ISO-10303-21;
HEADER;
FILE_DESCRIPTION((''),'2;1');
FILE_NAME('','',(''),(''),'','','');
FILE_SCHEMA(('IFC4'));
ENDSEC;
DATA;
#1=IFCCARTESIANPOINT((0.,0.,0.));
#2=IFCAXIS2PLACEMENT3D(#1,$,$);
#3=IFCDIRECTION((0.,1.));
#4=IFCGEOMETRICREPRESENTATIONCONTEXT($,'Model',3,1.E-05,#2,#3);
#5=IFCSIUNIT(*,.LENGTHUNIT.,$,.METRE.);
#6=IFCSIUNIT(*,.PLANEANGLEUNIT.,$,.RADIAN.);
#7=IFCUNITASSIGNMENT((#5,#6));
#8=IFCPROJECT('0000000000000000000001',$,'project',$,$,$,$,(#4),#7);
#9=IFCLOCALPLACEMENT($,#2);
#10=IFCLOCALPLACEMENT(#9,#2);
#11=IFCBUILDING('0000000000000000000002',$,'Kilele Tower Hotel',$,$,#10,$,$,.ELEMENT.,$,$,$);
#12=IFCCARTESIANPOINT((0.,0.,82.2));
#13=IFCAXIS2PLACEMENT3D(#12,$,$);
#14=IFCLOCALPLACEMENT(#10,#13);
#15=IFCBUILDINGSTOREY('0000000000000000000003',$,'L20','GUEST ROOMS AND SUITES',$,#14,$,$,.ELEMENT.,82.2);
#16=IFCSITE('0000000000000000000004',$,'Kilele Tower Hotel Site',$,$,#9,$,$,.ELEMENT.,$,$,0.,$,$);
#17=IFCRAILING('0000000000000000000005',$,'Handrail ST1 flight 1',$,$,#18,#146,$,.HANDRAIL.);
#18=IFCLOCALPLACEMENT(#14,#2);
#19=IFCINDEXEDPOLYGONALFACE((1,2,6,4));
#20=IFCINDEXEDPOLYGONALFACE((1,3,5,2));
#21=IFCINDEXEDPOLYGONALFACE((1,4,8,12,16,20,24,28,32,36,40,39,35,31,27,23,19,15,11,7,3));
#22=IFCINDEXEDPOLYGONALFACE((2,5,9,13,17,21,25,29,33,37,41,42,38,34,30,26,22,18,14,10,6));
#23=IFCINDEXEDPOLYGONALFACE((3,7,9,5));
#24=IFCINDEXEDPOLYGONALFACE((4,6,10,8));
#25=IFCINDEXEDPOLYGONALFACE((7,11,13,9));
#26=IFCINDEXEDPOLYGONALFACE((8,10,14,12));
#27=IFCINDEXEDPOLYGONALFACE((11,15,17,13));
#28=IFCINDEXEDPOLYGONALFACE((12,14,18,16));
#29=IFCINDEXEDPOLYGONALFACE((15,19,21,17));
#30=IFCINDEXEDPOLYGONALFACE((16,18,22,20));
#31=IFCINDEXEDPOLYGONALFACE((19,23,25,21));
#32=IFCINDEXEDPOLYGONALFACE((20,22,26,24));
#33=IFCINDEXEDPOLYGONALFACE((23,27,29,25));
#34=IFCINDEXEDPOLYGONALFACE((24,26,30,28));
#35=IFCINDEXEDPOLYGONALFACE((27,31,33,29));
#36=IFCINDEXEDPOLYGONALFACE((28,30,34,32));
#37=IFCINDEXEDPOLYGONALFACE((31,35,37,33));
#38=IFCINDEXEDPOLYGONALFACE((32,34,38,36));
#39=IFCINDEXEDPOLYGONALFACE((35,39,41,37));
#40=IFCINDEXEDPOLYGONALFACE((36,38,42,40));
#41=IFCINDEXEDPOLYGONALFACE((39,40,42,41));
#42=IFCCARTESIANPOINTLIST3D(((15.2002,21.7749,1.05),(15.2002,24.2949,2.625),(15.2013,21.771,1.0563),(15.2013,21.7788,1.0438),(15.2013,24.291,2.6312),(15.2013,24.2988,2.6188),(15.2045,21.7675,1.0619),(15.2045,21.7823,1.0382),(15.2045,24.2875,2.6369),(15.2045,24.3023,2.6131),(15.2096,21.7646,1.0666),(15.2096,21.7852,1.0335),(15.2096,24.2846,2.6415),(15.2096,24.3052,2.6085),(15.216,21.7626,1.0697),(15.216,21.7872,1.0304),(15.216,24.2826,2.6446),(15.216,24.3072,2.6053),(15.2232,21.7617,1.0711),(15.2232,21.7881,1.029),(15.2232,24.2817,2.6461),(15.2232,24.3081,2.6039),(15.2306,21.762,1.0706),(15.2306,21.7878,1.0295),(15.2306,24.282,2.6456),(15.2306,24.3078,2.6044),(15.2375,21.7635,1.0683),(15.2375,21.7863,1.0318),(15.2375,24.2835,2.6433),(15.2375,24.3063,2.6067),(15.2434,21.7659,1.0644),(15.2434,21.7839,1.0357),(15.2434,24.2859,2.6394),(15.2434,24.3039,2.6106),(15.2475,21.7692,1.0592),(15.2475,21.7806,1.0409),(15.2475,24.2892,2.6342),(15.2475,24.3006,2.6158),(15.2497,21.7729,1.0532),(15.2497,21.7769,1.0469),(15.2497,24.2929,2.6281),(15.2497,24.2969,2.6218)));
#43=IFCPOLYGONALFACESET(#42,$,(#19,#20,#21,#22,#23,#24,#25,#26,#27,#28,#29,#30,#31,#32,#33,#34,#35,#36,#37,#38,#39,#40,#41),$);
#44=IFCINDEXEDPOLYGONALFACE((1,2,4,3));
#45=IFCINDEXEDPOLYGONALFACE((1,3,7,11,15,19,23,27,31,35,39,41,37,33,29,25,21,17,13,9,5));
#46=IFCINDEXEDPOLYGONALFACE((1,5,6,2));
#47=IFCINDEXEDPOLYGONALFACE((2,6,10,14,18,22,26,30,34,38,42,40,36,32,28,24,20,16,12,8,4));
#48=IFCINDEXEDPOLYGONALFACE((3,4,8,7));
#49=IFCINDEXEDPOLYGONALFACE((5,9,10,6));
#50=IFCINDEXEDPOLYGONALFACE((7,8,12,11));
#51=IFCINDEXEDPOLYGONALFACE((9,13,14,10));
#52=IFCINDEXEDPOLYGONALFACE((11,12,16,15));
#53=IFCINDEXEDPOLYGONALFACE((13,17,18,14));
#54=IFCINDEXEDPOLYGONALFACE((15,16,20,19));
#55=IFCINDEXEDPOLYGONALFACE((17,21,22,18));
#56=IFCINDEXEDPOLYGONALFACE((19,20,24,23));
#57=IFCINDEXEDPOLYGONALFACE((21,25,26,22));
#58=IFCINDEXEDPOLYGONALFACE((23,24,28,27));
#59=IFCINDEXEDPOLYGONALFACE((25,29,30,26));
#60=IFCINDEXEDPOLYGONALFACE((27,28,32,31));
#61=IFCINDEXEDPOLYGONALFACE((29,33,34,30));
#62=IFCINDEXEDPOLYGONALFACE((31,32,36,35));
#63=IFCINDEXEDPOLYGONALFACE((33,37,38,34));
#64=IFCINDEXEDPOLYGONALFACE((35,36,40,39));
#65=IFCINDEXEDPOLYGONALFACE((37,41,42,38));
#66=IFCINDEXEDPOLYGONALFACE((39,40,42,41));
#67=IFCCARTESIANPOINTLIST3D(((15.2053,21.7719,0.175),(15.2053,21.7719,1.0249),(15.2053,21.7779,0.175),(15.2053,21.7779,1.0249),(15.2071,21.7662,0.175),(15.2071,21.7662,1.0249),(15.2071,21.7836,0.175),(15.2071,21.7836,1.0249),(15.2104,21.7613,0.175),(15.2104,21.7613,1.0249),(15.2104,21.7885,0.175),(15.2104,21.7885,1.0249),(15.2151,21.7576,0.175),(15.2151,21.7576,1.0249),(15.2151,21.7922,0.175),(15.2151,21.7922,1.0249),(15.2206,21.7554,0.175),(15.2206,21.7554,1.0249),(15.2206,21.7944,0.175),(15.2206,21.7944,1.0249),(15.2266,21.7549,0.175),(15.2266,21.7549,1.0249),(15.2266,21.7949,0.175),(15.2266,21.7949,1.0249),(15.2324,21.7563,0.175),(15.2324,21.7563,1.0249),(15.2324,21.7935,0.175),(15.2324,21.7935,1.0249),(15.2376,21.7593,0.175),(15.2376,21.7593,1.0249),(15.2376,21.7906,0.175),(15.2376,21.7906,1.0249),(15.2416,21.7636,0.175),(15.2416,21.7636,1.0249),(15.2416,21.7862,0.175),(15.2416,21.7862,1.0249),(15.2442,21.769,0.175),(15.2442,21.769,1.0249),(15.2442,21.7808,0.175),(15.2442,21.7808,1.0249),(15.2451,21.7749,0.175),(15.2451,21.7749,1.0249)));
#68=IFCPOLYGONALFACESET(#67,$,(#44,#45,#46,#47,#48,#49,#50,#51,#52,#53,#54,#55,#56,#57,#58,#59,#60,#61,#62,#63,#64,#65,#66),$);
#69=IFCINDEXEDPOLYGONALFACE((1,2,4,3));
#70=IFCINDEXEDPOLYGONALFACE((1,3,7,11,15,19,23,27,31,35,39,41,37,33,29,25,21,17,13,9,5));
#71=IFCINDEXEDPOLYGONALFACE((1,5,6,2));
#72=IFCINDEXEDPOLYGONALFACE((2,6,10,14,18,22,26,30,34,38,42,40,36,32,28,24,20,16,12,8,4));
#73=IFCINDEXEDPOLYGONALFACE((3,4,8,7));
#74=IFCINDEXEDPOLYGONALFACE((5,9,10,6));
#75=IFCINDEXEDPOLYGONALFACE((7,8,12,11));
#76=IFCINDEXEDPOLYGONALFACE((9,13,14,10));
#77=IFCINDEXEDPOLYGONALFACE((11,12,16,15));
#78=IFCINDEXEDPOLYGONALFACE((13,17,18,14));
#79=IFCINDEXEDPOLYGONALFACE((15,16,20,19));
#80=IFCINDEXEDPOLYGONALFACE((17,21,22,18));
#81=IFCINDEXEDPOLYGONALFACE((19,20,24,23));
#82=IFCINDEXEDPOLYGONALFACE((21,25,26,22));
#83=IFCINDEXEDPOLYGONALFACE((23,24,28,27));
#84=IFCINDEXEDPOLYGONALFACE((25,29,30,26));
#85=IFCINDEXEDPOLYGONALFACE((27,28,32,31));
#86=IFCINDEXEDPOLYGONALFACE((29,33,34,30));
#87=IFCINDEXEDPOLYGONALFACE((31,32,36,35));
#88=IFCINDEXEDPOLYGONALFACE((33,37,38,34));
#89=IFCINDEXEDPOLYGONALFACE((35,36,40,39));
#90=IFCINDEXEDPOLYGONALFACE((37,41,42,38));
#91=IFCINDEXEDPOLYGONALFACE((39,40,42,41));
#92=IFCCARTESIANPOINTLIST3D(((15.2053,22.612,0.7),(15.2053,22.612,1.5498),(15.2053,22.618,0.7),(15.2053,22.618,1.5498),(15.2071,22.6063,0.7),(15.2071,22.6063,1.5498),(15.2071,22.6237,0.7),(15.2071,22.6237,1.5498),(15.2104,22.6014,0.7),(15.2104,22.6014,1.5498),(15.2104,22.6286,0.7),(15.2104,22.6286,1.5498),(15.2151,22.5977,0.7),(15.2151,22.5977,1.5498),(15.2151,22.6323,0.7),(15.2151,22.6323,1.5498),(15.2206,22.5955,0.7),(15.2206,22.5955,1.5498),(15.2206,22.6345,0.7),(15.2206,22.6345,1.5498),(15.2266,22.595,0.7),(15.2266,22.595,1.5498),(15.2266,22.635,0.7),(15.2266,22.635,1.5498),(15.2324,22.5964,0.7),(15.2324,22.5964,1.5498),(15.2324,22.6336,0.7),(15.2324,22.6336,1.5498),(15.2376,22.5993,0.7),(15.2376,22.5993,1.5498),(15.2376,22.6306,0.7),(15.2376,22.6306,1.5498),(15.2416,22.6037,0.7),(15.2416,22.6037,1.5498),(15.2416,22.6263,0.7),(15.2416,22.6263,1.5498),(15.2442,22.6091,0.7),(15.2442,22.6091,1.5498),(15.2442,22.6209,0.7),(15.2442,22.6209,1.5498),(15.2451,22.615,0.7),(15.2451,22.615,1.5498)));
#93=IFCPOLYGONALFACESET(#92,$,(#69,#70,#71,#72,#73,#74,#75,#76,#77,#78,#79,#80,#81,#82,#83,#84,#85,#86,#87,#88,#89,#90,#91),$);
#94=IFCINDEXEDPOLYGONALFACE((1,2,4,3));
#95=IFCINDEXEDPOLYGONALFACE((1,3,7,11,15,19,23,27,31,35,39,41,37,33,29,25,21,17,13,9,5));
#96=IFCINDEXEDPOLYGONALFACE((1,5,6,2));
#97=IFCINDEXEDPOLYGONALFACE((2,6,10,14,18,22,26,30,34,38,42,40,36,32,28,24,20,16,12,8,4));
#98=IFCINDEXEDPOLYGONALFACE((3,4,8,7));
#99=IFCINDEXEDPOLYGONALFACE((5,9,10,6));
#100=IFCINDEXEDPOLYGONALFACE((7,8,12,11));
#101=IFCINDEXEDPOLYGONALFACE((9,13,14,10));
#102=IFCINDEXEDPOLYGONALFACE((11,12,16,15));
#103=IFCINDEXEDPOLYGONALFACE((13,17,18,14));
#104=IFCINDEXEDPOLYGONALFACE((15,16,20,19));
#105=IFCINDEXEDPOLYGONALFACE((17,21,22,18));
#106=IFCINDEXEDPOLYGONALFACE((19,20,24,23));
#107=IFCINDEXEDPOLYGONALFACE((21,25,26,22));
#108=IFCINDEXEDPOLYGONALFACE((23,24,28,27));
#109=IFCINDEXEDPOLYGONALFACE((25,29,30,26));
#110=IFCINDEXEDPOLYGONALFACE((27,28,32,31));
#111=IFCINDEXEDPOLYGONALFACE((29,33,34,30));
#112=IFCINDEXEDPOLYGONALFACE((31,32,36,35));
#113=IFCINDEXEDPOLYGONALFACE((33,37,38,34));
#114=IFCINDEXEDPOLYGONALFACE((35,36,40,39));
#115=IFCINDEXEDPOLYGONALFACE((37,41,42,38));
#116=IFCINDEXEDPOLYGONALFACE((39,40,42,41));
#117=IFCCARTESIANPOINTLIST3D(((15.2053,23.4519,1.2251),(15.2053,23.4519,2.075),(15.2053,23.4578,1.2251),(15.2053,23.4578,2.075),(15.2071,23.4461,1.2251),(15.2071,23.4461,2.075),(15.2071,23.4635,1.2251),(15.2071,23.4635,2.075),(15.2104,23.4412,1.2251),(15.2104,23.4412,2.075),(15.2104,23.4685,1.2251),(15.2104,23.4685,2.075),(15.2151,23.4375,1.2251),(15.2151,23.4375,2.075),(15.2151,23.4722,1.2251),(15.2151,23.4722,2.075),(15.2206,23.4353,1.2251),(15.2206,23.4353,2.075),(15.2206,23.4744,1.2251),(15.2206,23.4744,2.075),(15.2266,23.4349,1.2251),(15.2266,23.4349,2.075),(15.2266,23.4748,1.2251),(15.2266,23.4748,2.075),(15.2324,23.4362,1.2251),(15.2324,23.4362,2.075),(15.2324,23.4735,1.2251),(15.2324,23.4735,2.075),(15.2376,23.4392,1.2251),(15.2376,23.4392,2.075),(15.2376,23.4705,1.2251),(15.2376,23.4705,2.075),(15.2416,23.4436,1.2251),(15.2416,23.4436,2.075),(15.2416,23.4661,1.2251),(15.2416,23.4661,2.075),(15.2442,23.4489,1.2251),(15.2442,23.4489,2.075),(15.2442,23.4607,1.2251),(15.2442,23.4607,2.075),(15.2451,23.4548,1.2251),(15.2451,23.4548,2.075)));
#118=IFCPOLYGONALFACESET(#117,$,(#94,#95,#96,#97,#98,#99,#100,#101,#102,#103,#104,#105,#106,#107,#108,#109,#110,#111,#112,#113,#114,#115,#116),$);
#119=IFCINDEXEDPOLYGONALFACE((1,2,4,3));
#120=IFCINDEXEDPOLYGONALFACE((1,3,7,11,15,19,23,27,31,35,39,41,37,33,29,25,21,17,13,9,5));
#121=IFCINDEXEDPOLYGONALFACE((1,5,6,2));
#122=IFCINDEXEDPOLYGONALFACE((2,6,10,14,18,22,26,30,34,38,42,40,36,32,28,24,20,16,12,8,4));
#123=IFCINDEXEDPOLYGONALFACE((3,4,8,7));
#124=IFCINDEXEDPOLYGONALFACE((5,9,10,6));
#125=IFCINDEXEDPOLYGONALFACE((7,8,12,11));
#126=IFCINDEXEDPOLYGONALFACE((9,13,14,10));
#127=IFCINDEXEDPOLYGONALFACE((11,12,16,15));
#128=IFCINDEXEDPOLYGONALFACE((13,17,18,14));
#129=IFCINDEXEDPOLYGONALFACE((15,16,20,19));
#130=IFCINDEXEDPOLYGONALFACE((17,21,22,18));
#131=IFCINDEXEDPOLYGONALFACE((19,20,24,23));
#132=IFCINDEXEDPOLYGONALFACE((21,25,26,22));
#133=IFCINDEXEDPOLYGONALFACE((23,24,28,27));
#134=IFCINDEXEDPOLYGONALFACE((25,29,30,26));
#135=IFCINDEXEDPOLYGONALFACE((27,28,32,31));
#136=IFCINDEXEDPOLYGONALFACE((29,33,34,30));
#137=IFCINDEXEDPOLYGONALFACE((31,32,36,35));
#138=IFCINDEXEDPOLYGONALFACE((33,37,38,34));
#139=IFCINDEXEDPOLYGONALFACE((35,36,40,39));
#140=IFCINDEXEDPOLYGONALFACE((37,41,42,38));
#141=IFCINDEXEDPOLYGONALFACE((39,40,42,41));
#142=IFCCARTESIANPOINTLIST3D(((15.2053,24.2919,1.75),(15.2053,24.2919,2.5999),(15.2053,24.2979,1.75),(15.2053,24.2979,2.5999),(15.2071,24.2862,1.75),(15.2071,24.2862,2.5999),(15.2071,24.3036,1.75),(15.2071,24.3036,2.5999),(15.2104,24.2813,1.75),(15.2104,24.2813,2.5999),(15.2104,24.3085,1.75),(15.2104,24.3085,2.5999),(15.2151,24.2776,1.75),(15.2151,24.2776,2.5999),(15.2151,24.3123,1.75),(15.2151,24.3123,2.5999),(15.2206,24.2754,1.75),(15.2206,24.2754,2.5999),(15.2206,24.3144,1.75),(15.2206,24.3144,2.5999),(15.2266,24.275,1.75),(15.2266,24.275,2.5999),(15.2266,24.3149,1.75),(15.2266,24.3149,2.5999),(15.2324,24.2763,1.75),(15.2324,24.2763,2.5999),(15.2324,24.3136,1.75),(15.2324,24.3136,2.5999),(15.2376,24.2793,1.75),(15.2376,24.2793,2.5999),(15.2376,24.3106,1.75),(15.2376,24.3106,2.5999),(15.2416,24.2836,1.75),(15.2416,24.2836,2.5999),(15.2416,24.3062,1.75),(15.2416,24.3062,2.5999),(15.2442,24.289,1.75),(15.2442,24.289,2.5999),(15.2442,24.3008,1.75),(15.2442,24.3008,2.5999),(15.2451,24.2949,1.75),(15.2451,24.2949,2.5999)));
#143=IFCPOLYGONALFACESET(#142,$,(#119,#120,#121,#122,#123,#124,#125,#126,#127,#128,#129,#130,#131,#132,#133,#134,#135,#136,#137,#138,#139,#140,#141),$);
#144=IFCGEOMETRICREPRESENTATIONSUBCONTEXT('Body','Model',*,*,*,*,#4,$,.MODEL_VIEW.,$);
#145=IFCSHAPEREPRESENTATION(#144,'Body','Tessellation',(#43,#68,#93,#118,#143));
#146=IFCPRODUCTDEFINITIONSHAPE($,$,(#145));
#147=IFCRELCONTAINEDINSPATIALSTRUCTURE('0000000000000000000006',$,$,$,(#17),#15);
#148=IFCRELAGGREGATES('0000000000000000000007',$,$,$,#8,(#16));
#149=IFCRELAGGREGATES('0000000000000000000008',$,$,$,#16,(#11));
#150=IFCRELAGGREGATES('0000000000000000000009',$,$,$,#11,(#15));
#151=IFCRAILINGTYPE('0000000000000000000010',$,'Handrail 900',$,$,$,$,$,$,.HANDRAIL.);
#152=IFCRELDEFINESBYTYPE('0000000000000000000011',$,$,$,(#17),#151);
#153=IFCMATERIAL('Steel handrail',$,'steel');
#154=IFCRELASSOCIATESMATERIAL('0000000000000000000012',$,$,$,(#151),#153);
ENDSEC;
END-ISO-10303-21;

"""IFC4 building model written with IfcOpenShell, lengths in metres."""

from ifc_helpers import new_model, si_unit, direction, frame, origin, origin_2d, place, context, subcontext, project, spatial, circle, extrude, material, type_object, element, save


model = new_model("IFC4")

# Units and contexts
model_context = context("Model", 3, precision=1e-05, world=origin(), true_north=direction((0.0, 1.0)))
body_context = subcontext(model_context, "Body", "Model", "MODEL_VIEW")
ifc_project = project(units=[si_unit("LENGTHUNIT", "METRE"), si_unit("PLANEANGLEUNIT", "RADIAN")], contexts=[model_context])

# Site, building, storey
site_placement = place(None, origin())
site = spatial("IfcSite", under=ifc_project, at=site_placement, Name="Kilele Tower Hotel Site", CompositionType="ELEMENT", RefElevation=0.0)
building_placement = place(site_placement, origin())
building = spatial("IfcBuilding", under=site, at=building_placement, Name="Kilele Tower Hotel", CompositionType="ELEMENT")
storey_placement = place(building_placement, frame((0.0, 0.0, 82.2)))
storey = spatial("IfcBuildingStorey", under=building, at=storey_placement, Name="L20", Description="GUEST ROOMS AND SUITES", CompositionType="ELEMENT", Elevation=82.2)

# Railing
ifc_material_1 = material(Name="Steel handrail", Category="steel")
railing_type_1 = type_object("IfcRailingType", Name="Handrail 900", PredefinedType="HANDRAIL", material=ifc_material_1)
for number, where, name in (
    (1, (15.2251, 21.7749, 0.175), "Handrail ST1 flight 1"),
):
    element("IfcRailing", number, at=place(storey_placement, frame(where)), inside=storey, type_object=railing_type_1, Name=name, PredefinedType="HANDRAIL", context=body_context, shape_type="SweptSolid", body=[
        extrude(circle(Radius=0.0249, at=origin_2d()), frame((0.0, 0.0, 0.875), z_axis=(0.0, 0.848008, 0.529984), x_axis=(-1.0, 0.0, 0.0)), (0.0, 0.0, 1.0), 2.9717),
        extrude(circle(Radius=0.02, at=origin_2d()), origin(), (0.0, 0.0, 1.0), 0.8499),
        extrude(circle(Radius=0.02, at=origin_2d()), frame((0.0, 0.8401, 0.5249)), (0.0, 0.0, 1.0), 0.8499),
        extrude(circle(Radius=0.02, at=origin_2d()), frame((0.0, 1.6799, 1.05)), (0.0, 0.0, 1.0), 0.8499),
        extrude(circle(Radius=0.02, at=origin_2d()), frame((0.0, 2.52, 1.575)), (0.0, 0.0, 1.0), 0.8499),
    ])

save(model, "model.ifc")
